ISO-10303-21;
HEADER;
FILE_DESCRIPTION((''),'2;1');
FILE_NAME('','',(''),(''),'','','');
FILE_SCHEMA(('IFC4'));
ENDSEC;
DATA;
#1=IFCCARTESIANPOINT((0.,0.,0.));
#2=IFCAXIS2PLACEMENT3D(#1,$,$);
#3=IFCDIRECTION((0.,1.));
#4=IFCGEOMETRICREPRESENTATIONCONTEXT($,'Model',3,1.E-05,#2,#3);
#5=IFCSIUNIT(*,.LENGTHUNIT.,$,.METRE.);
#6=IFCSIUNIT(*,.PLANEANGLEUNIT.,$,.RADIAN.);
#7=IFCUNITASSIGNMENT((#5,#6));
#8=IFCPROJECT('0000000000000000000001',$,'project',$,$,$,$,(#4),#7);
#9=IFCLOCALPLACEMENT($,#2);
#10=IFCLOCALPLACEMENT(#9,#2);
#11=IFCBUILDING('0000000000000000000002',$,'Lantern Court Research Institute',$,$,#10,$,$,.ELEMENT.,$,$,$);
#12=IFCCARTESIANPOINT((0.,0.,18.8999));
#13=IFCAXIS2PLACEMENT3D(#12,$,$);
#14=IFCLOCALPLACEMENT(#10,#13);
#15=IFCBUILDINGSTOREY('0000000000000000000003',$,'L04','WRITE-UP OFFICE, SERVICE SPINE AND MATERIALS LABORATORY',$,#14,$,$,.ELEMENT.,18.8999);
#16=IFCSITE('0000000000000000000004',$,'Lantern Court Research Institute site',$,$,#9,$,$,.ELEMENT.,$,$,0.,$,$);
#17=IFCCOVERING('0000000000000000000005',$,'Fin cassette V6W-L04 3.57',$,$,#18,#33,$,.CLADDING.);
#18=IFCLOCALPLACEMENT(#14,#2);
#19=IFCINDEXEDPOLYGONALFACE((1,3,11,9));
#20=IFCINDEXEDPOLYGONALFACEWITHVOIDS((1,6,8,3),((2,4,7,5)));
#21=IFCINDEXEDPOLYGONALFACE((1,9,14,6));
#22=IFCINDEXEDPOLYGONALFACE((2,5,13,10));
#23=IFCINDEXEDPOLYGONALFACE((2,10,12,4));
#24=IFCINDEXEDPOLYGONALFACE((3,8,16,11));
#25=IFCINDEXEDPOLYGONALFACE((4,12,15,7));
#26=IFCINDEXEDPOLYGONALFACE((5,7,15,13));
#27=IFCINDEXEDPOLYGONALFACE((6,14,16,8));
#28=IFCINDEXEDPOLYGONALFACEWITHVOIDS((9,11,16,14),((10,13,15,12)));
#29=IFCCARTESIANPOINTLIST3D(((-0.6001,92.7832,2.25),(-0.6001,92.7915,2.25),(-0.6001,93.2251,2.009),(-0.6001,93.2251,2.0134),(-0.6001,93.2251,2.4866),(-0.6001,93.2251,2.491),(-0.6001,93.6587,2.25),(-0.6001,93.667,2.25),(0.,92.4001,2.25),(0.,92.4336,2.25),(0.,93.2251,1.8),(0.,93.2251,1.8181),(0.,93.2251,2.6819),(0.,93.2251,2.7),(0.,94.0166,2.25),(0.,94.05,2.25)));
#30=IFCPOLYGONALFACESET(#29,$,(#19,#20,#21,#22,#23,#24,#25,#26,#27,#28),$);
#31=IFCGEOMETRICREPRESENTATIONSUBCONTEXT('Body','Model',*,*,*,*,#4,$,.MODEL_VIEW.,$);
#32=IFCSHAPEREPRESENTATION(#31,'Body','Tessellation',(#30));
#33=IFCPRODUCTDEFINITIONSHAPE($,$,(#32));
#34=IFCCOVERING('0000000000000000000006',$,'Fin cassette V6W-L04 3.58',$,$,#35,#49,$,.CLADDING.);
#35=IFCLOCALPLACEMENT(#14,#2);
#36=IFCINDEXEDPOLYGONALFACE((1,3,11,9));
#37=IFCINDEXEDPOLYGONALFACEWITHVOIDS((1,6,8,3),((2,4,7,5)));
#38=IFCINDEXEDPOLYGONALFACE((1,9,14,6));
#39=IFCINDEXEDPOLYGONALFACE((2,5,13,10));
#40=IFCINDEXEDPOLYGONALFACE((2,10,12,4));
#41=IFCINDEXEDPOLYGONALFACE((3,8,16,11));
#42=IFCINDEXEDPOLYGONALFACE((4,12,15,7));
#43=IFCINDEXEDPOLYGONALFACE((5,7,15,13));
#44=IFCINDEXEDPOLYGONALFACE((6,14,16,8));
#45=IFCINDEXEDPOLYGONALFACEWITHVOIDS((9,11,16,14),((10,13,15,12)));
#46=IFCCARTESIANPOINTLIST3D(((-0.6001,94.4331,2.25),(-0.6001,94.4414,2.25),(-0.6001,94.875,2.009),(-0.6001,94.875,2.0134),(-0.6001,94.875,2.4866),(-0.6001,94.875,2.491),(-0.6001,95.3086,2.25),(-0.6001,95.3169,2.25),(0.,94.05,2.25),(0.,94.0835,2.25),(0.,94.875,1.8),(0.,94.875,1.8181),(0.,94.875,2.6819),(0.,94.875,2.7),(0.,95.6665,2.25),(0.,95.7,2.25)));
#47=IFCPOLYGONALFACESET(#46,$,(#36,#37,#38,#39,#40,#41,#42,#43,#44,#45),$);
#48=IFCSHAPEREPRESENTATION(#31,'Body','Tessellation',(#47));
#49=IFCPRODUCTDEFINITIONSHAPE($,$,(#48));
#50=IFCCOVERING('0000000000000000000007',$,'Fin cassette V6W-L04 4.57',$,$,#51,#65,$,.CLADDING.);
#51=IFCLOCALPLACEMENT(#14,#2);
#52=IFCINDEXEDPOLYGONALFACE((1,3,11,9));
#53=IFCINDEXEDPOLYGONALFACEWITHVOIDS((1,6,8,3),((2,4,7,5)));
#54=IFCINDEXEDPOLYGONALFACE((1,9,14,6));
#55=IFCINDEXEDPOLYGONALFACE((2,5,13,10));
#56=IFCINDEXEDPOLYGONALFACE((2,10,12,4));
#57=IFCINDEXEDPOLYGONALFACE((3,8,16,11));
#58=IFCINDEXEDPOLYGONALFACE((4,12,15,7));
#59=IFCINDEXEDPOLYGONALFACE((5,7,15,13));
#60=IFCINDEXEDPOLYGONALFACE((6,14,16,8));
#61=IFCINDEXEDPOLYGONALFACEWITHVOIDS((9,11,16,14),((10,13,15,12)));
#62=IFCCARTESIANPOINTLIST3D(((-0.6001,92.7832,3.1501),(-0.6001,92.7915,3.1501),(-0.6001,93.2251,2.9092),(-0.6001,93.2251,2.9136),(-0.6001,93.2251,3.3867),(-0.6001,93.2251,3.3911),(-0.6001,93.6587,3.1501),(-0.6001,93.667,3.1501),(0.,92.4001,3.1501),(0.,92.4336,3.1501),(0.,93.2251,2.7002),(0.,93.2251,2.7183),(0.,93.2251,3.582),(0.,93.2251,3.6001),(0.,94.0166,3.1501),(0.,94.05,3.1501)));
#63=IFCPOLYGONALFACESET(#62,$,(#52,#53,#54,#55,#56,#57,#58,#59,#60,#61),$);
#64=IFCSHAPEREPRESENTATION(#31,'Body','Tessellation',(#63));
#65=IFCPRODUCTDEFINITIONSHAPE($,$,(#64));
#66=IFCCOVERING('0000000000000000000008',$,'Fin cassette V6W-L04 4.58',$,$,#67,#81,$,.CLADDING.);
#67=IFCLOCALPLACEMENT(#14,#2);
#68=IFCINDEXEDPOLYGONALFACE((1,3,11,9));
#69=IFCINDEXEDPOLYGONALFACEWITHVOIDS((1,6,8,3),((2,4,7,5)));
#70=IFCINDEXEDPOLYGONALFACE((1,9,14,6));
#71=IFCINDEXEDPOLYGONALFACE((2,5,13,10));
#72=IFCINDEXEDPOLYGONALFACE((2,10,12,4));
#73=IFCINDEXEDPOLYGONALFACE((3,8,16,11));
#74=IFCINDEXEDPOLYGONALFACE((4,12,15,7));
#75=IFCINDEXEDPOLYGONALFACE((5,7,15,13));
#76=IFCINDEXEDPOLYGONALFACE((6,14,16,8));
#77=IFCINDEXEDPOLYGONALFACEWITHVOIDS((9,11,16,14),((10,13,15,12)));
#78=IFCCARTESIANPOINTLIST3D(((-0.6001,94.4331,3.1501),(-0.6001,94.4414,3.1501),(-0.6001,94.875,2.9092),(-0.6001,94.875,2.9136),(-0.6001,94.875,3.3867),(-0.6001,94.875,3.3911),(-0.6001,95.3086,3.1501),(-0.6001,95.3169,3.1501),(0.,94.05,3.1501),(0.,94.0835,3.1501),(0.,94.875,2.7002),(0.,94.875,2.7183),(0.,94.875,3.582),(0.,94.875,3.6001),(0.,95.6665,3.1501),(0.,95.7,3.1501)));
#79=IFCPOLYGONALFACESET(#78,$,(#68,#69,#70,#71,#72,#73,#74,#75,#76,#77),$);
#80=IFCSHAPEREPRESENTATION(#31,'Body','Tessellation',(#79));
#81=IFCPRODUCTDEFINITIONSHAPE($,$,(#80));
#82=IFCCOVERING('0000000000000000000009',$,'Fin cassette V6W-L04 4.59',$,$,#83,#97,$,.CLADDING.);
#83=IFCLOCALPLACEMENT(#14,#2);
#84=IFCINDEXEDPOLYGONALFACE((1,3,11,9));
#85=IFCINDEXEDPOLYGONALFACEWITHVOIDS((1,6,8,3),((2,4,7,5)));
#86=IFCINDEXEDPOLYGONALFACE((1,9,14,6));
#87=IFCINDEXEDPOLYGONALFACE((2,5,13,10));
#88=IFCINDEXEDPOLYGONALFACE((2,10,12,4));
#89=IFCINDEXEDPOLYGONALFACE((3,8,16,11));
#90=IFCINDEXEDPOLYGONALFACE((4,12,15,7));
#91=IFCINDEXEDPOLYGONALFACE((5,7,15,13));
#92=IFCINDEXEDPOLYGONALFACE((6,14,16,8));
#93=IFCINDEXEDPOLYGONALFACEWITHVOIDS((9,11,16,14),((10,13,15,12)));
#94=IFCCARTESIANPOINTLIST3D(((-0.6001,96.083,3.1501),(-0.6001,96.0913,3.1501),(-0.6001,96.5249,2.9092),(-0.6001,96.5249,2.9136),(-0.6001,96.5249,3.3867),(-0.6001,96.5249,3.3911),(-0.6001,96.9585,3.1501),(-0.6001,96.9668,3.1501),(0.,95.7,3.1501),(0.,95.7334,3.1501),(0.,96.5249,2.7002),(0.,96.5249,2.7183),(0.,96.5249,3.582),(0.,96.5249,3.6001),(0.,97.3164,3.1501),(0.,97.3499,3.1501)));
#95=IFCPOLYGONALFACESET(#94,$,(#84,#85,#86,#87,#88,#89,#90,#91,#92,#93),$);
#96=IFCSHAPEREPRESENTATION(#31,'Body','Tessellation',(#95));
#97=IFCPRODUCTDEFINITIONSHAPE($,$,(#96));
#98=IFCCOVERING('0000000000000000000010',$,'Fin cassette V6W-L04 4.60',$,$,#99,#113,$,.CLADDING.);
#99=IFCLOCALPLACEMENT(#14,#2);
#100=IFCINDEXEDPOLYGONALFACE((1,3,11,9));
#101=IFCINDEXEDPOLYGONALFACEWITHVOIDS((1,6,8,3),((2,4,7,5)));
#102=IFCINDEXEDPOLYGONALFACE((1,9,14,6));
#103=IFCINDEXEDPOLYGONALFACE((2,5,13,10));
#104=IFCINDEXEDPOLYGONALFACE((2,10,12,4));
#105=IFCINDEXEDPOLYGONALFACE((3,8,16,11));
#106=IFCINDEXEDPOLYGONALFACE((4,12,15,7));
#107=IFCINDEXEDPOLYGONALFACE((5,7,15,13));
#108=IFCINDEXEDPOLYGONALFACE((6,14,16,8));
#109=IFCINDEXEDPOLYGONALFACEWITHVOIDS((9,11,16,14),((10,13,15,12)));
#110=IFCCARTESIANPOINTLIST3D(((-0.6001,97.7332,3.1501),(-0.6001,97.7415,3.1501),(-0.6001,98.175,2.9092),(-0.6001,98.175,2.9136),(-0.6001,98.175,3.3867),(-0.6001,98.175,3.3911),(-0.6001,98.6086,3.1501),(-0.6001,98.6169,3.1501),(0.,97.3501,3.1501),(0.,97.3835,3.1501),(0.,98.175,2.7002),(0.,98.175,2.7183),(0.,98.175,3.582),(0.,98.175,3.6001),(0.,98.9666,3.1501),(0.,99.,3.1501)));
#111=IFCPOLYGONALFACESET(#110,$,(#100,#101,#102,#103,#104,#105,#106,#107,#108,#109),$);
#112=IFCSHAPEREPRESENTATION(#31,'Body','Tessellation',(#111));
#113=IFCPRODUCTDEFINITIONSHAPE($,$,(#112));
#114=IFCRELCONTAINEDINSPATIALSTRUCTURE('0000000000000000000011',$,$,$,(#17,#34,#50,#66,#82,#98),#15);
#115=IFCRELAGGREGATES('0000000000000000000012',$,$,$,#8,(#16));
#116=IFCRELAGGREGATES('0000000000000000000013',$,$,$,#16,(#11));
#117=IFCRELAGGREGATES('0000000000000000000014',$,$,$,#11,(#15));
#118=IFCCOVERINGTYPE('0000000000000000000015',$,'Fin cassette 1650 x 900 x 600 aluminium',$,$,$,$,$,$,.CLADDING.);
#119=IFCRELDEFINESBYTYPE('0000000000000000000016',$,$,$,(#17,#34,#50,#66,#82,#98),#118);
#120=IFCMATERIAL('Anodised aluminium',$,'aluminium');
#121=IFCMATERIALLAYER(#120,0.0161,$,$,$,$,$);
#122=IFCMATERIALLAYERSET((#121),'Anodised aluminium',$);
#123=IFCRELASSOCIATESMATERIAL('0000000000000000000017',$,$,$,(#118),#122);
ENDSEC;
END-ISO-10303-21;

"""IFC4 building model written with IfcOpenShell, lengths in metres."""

from ifc_helpers import new_model, entity, si_unit, direction, frame, origin, place, context, subcontext, project, spatial, material, layer, layer_set, type_object, element, save


model = new_model("IFC4")

# Units and contexts
model_context = context("Model", 3, precision=1e-05, world=origin(), true_north=direction((0.0, 1.0)))
body_context = subcontext(model_context, "Body", "Model", "MODEL_VIEW")
ifc_project = project(units=[si_unit("LENGTHUNIT", "METRE"), si_unit("PLANEANGLEUNIT", "RADIAN")], contexts=[model_context])

# Site, building, storey
site_placement = place(None, origin())
site = spatial("IfcSite", under=ifc_project, at=site_placement, Name="Lantern Court Research Institute site", CompositionType="ELEMENT", RefElevation=0.0)
building_placement = place(site_placement, origin())
building = spatial("IfcBuilding", under=site, at=building_placement, Name="Lantern Court Research Institute", CompositionType="ELEMENT")
storey_placement = place(building_placement, frame((0.0, 0.0, 18.8999)))
storey = spatial("IfcBuildingStorey", under=building, at=storey_placement, Name="L04", Description="WRITE-UP OFFICE, SERVICE SPINE AND MATERIALS LABORATORY", CompositionType="ELEMENT", Elevation=18.8999)

# Coverings
ifc_material_1 = material(Name="Anodised aluminium", Category="aluminium")
ifc_layer_1 = layer(ifc_material_1, 0.0161)
ifc_layer_set_1 = layer_set([ifc_layer_1], Name="Anodised aluminium")
covering_type = type_object("IfcCoveringType", Name="Fin cassette 1650 x 900 x 600 aluminium", PredefinedType="CLADDING", material=ifc_layer_set_1)
covering_1_placement = place(storey_placement, frame((0.0, 93.2251, 2.25), z_axis=(-1.0, 0.0, 0.0), x_axis=(0.0, -1.0, 0.0)))
cartesian_point_1 = entity("IfcCartesianPoint", [0.825, 0.0])
cartesian_point_2 = entity("IfcCartesianPoint", [0.7915, 0.0])
cartesian_point_3 = entity("IfcCartesianPoint", [0.4419, 0.0])
cartesian_point_4 = entity("IfcCartesianPoint", [0.4336, 0.0])
element("IfcCovering", 1, at=covering_1_placement, inside=storey, type_object=covering_type, Name="Fin cassette V6W-L04 3.57", PredefinedType="CLADDING", context=body_context, shape_type="SweptSolid", body=[
    entity("IfcExtrudedAreaSolidTapered", entity("IfcArbitraryProfileDefWithVoids", "AREA", None, entity("IfcPolyline", [cartesian_point_1, entity("IfcCartesianPoint", [0.0, 0.45]), entity("IfcCartesianPoint", [-0.825, 0.0]), entity("IfcCartesianPoint", [0.0, -0.45]), cartesian_point_1]), [entity("IfcPolyline", [cartesian_point_2, entity("IfcCartesianPoint", [0.0, 0.4319]), entity("IfcCartesianPoint", [-0.7915, 0.0]), entity("IfcCartesianPoint", [0.0, -0.4319]), cartesian_point_2])]), entity("IfcAxis2Placement3D", entity("IfcCartesianPoint", [0.0, 0.0, 0.0])), entity("IfcDirection", [0.0, 0.0, 1.0]), 0.6001, entity("IfcArbitraryProfileDefWithVoids", "AREA", None, entity("IfcPolyline", [cartesian_point_3, entity("IfcCartesianPoint", [0.0, 0.241]), entity("IfcCartesianPoint", [-0.4419, 0.0]), entity("IfcCartesianPoint", [0.0, -0.241]), cartesian_point_3]), [entity("IfcPolyline", [cartesian_point_4, entity("IfcCartesianPoint", [0.0, 0.2366]), entity("IfcCartesianPoint", [-0.4336, 0.0]), entity("IfcCartesianPoint", [0.0, -0.2366]), cartesian_point_4])])),
])
covering_2_placement = place(storey_placement, frame((0.0, 94.875, 2.25), z_axis=(-1.0, 0.0, 0.0), x_axis=(0.0, -1.0, 0.0)))
cartesian_point_5 = entity("IfcCartesianPoint", [0.825, 0.0])
cartesian_point_6 = entity("IfcCartesianPoint", [0.7915, 0.0])
cartesian_point_7 = entity("IfcCartesianPoint", [0.4419, 0.0])
cartesian_point_8 = entity("IfcCartesianPoint", [0.4336, 0.0])
element("IfcCovering", 2, at=covering_2_placement, inside=storey, type_object=covering_type, Name="Fin cassette V6W-L04 3.58", PredefinedType="CLADDING", context=body_context, shape_type="SweptSolid", body=[
    entity("IfcExtrudedAreaSolidTapered", entity("IfcArbitraryProfileDefWithVoids", "AREA", None, entity("IfcPolyline", [cartesian_point_5, entity("IfcCartesianPoint", [0.0, 0.45]), entity("IfcCartesianPoint", [-0.825, 0.0]), entity("IfcCartesianPoint", [0.0, -0.45]), cartesian_point_5]), [entity("IfcPolyline", [cartesian_point_6, entity("IfcCartesianPoint", [0.0, 0.4319]), entity("IfcCartesianPoint", [-0.7915, 0.0]), entity("IfcCartesianPoint", [0.0, -0.4319]), cartesian_point_6])]), entity("IfcAxis2Placement3D", entity("IfcCartesianPoint", [0.0, 0.0, 0.0])), entity("IfcDirection", [0.0, 0.0, 1.0]), 0.6001, entity("IfcArbitraryProfileDefWithVoids", "AREA", None, entity("IfcPolyline", [cartesian_point_7, entity("IfcCartesianPoint", [0.0, 0.241]), entity("IfcCartesianPoint", [-0.4419, 0.0]), entity("IfcCartesianPoint", [0.0, -0.241]), cartesian_point_7]), [entity("IfcPolyline", [cartesian_point_8, entity("IfcCartesianPoint", [0.0, 0.2366]), entity("IfcCartesianPoint", [-0.4336, 0.0]), entity("IfcCartesianPoint", [0.0, -0.2366]), cartesian_point_8])])),
])
covering_3_placement = place(storey_placement, frame((0.0, 93.2251, 3.1501), z_axis=(-1.0, 0.0, 0.0), x_axis=(0.0, -1.0, 0.0)))
cartesian_point_9 = entity("IfcCartesianPoint", [0.825, 0.0])
cartesian_point_10 = entity("IfcCartesianPoint", [0.7915, 0.0])
cartesian_point_11 = entity("IfcCartesianPoint", [0.4419, 0.0])
cartesian_point_12 = entity("IfcCartesianPoint", [0.4336, 0.0])
element("IfcCovering", 3, at=covering_3_placement, inside=storey, type_object=covering_type, Name="Fin cassette V6W-L04 4.57", PredefinedType="CLADDING", context=body_context, shape_type="SweptSolid", body=[
    entity("IfcExtrudedAreaSolidTapered", entity("IfcArbitraryProfileDefWithVoids", "AREA", None, entity("IfcPolyline", [cartesian_point_9, entity("IfcCartesianPoint", [0.0, 0.45]), entity("IfcCartesianPoint", [-0.825, 0.0]), entity("IfcCartesianPoint", [0.0, -0.45]), cartesian_point_9]), [entity("IfcPolyline", [cartesian_point_10, entity("IfcCartesianPoint", [0.0, 0.4319]), entity("IfcCartesianPoint", [-0.7915, 0.0]), entity("IfcCartesianPoint", [0.0, -0.4319]), cartesian_point_10])]), entity("IfcAxis2Placement3D", entity("IfcCartesianPoint", [0.0, 0.0, 0.0])), entity("IfcDirection", [0.0, 0.0, 1.0]), 0.6001, entity("IfcArbitraryProfileDefWithVoids", "AREA", None, entity("IfcPolyline", [cartesian_point_11, entity("IfcCartesianPoint", [0.0, 0.241]), entity("IfcCartesianPoint", [-0.4419, 0.0]), entity("IfcCartesianPoint", [0.0, -0.241]), cartesian_point_11]), [entity("IfcPolyline", [cartesian_point_12, entity("IfcCartesianPoint", [0.0, 0.2366]), entity("IfcCartesianPoint", [-0.4336, 0.0]), entity("IfcCartesianPoint", [0.0, -0.2366]), cartesian_point_12])])),
])
covering_4_placement = place(storey_placement, frame((0.0, 94.875, 3.1501), z_axis=(-1.0, 0.0, 0.0), x_axis=(0.0, -1.0, 0.0)))
cartesian_point_13 = entity("IfcCartesianPoint", [0.825, 0.0])
cartesian_point_14 = entity("IfcCartesianPoint", [0.7915, 0.0])
cartesian_point_15 = entity("IfcCartesianPoint", [0.4419, 0.0])
cartesian_point_16 = entity("IfcCartesianPoint", [0.4336, 0.0])
element("IfcCovering", 4, at=covering_4_placement, inside=storey, type_object=covering_type, Name="Fin cassette V6W-L04 4.58", PredefinedType="CLADDING", context=body_context, shape_type="SweptSolid", body=[
    entity("IfcExtrudedAreaSolidTapered", entity("IfcArbitraryProfileDefWithVoids", "AREA", None, entity("IfcPolyline", [cartesian_point_13, entity("IfcCartesianPoint", [0.0, 0.45]), entity("IfcCartesianPoint", [-0.825, 0.0]), entity("IfcCartesianPoint", [0.0, -0.45]), cartesian_point_13]), [entity("IfcPolyline", [cartesian_point_14, entity("IfcCartesianPoint", [0.0, 0.4319]), entity("IfcCartesianPoint", [-0.7915, 0.0]), entity("IfcCartesianPoint", [0.0, -0.4319]), cartesian_point_14])]), entity("IfcAxis2Placement3D", entity("IfcCartesianPoint", [0.0, 0.0, 0.0])), entity("IfcDirection", [0.0, 0.0, 1.0]), 0.6001, entity("IfcArbitraryProfileDefWithVoids", "AREA", None, entity("IfcPolyline", [cartesian_point_15, entity("IfcCartesianPoint", [0.0, 0.241]), entity("IfcCartesianPoint", [-0.4419, 0.0]), entity("IfcCartesianPoint", [0.0, -0.241]), cartesian_point_15]), [entity("IfcPolyline", [cartesian_point_16, entity("IfcCartesianPoint", [0.0, 0.2366]), entity("IfcCartesianPoint", [-0.4336, 0.0]), entity("IfcCartesianPoint", [0.0, -0.2366]), cartesian_point_16])])),
])
covering_5_placement = place(storey_placement, frame((0.0, 96.5249, 3.1501), z_axis=(-1.0, 0.0, 0.0), x_axis=(0.0, -1.0, 0.0)))
cartesian_point_17 = entity("IfcCartesianPoint", [0.825, 0.0])
cartesian_point_18 = entity("IfcCartesianPoint", [0.7915, 0.0])
cartesian_point_19 = entity("IfcCartesianPoint", [0.4419, 0.0])
cartesian_point_20 = entity("IfcCartesianPoint", [0.4336, 0.0])
element("IfcCovering", 5, at=covering_5_placement, inside=storey, type_object=covering_type, Name="Fin cassette V6W-L04 4.59", PredefinedType="CLADDING", context=body_context, shape_type="SweptSolid", body=[
    entity("IfcExtrudedAreaSolidTapered", entity("IfcArbitraryProfileDefWithVoids", "AREA", None, entity("IfcPolyline", [cartesian_point_17, entity("IfcCartesianPoint", [0.0, 0.45]), entity("IfcCartesianPoint", [-0.825, 0.0]), entity("IfcCartesianPoint", [0.0, -0.45]), cartesian_point_17]), [entity("IfcPolyline", [cartesian_point_18, entity("IfcCartesianPoint", [0.0, 0.4319]), entity("IfcCartesianPoint", [-0.7915, 0.0]), entity("IfcCartesianPoint", [0.0, -0.4319]), cartesian_point_18])]), entity("IfcAxis2Placement3D", entity("IfcCartesianPoint", [0.0, 0.0, 0.0])), entity("IfcDirection", [0.0, 0.0, 1.0]), 0.6001, entity("IfcArbitraryProfileDefWithVoids", "AREA", None, entity("IfcPolyline", [cartesian_point_19, entity("IfcCartesianPoint", [0.0, 0.241]), entity("IfcCartesianPoint", [-0.4419, 0.0]), entity("IfcCartesianPoint", [0.0, -0.241]), cartesian_point_19]), [entity("IfcPolyline", [cartesian_point_20, entity("IfcCartesianPoint", [0.0, 0.2366]), entity("IfcCartesianPoint", [-0.4336, 0.0]), entity("IfcCartesianPoint", [0.0, -0.2366]), cartesian_point_20])])),
])
covering_6_placement = place(storey_placement, frame((0.0, 98.175, 3.1501), z_axis=(-1.0, 0.0, 0.0), x_axis=(0.0, -1.0, 0.0)))
cartesian_point_21 = entity("IfcCartesianPoint", [0.825, 0.0])
cartesian_point_22 = entity("IfcCartesianPoint", [0.7915, 0.0])
cartesian_point_23 = entity("IfcCartesianPoint", [0.4419, 0.0])
cartesian_point_24 = entity("IfcCartesianPoint", [0.4336, 0.0])
element("IfcCovering", 6, at=covering_6_placement, inside=storey, type_object=covering_type, Name="Fin cassette V6W-L04 4.60", PredefinedType="CLADDING", context=body_context, shape_type="SweptSolid", body=[
    entity("IfcExtrudedAreaSolidTapered", entity("IfcArbitraryProfileDefWithVoids", "AREA", None, entity("IfcPolyline", [cartesian_point_21, entity("IfcCartesianPoint", [0.0, 0.45]), entity("IfcCartesianPoint", [-0.825, 0.0]), entity("IfcCartesianPoint", [0.0, -0.45]), cartesian_point_21]), [entity("IfcPolyline", [cartesian_point_22, entity("IfcCartesianPoint", [0.0, 0.4319]), entity("IfcCartesianPoint", [-0.7915, 0.0]), entity("IfcCartesianPoint", [0.0, -0.4319]), cartesian_point_22])]), entity("IfcAxis2Placement3D", entity("IfcCartesianPoint", [0.0, 0.0, 0.0])), entity("IfcDirection", [0.0, 0.0, 1.0]), 0.6001, entity("IfcArbitraryProfileDefWithVoids", "AREA", None, entity("IfcPolyline", [cartesian_point_23, entity("IfcCartesianPoint", [0.0, 0.241]), entity("IfcCartesianPoint", [-0.4419, 0.0]), entity("IfcCartesianPoint", [0.0, -0.241]), cartesian_point_23]), [entity("IfcPolyline", [cartesian_point_24, entity("IfcCartesianPoint", [0.0, 0.2366]), entity("IfcCartesianPoint", [-0.4336, 0.0]), entity("IfcCartesianPoint", [0.0, -0.2366]), cartesian_point_24])])),
])

save(model, "model.ifc")
